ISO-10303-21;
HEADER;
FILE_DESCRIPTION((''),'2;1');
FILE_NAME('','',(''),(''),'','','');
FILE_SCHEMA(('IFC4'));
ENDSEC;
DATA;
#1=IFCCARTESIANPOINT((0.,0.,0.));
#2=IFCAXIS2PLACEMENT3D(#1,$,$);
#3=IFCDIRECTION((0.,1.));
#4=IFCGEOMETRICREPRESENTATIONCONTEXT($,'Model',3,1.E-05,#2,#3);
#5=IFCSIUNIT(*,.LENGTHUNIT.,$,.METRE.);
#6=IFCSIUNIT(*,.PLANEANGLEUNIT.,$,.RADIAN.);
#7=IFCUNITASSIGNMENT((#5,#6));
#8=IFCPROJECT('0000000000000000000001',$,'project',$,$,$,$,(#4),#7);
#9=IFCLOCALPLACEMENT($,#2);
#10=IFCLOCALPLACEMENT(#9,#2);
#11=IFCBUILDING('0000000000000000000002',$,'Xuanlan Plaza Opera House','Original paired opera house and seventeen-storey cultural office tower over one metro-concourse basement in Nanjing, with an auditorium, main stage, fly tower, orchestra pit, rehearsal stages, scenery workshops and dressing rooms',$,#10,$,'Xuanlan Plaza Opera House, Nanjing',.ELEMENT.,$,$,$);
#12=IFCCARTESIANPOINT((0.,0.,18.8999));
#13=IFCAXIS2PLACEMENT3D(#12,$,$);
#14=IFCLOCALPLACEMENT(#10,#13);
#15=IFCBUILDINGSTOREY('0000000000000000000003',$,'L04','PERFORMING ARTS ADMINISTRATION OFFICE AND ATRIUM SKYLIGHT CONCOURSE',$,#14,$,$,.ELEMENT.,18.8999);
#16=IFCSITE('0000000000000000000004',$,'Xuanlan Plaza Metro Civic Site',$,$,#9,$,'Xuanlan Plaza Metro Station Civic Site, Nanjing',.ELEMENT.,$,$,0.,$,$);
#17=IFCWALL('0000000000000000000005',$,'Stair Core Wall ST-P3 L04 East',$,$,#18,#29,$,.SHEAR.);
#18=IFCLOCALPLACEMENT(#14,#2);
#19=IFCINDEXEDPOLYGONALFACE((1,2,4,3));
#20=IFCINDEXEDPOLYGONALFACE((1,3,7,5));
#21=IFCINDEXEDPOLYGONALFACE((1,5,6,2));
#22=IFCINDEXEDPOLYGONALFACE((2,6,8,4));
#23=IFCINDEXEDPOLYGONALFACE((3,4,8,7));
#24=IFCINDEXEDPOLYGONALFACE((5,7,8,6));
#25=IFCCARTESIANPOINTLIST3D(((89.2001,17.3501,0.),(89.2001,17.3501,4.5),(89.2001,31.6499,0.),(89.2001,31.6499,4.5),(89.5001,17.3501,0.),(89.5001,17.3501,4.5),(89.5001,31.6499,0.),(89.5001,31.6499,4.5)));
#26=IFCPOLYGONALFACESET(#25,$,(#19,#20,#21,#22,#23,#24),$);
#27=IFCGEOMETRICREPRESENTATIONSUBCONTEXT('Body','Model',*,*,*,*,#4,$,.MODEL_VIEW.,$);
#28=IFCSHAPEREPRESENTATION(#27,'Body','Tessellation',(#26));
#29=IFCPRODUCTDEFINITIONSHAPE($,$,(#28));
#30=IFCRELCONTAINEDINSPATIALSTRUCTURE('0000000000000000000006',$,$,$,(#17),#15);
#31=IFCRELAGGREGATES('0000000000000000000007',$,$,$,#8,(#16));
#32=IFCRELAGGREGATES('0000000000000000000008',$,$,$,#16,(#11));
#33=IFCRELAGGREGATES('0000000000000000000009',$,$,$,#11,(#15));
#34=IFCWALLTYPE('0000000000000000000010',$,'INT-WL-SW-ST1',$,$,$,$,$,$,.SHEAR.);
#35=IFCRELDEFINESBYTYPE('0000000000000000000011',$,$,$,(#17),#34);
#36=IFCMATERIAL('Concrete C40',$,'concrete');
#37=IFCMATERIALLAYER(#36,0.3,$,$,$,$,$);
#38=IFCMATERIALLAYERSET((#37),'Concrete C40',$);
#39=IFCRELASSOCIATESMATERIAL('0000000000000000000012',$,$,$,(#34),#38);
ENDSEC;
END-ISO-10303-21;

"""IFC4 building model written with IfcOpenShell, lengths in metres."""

from ifc_helpers import new_model, si_unit, direction, frame, frame_2d, origin, place, context, subcontext, project, spatial, rectangle, extrude, material, layer, layer_set, type_object, element, save


model = new_model("IFC4")

# Units and contexts
model_context = context("Model", 3, precision=1e-05, world=origin(), true_north=direction((0.0, 1.0)))
body_context = subcontext(model_context, "Body", "Model", "MODEL_VIEW")
ifc_project = project(units=[si_unit("LENGTHUNIT", "METRE"), si_unit("PLANEANGLEUNIT", "RADIAN")], contexts=[model_context])

# Site, building, storey
site_placement = place(None, origin())
site = spatial("IfcSite", under=ifc_project, at=site_placement, Name="Xuanlan Plaza Metro Civic Site", LongName="Xuanlan Plaza Metro Station Civic Site, Nanjing", CompositionType="ELEMENT", RefElevation=0.0)
building_placement = place(site_placement, origin())
building = spatial("IfcBuilding", under=site, at=building_placement, Name="Xuanlan Plaza Opera House", Description="Original paired opera house and seventeen-storey cultural office tower over one metro-concourse basement in Nanjing, with an auditorium, main stage, fly tower, orchestra pit, rehearsal stages, scenery workshops and dressing rooms", LongName="Xuanlan Plaza Opera House, Nanjing", CompositionType="ELEMENT")
storey_placement = place(building_placement, frame((0.0, 0.0, 18.8999)))
storey = spatial("IfcBuildingStorey", under=building, at=storey_placement, Name="L04", Description="PERFORMING ARTS ADMINISTRATION OFFICE AND ATRIUM SKYLIGHT CONCOURSE", CompositionType="ELEMENT", Elevation=18.8999)

# Shared definitions
ifc_material_1 = material(Name="Concrete C40", Category="concrete")

# Wall
ifc_layer_1 = layer(ifc_material_1, 0.3)
ifc_layer_set_1 = layer_set([ifc_layer_1], Name="Concrete C40")
wall_type_1 = type_object("IfcWallType", Name="INT-WL-SW-ST1", PredefinedType="SHEAR", material=ifc_layer_set_1)
wall_1_placement = place(storey_placement, frame((89.3501, 17.3501, 0.0), z_axis=(0.0, 0.0, 1.0), x_axis=(0.0, 1.0, 0.0)))
element("IfcWall", 1, at=wall_1_placement, inside=storey, type_object=wall_type_1, Name="Stair Core Wall ST-P3 L04 East", PredefinedType="SHEAR", context=body_context, shape_type="SweptSolid", body=[
    extrude(rectangle(XDim=14.2998, YDim=0.3, at=frame_2d((7.1499, 0.0))), origin(), (0.0, 0.0, 1.0), 4.5),
])

save(model, "model.ifc")
